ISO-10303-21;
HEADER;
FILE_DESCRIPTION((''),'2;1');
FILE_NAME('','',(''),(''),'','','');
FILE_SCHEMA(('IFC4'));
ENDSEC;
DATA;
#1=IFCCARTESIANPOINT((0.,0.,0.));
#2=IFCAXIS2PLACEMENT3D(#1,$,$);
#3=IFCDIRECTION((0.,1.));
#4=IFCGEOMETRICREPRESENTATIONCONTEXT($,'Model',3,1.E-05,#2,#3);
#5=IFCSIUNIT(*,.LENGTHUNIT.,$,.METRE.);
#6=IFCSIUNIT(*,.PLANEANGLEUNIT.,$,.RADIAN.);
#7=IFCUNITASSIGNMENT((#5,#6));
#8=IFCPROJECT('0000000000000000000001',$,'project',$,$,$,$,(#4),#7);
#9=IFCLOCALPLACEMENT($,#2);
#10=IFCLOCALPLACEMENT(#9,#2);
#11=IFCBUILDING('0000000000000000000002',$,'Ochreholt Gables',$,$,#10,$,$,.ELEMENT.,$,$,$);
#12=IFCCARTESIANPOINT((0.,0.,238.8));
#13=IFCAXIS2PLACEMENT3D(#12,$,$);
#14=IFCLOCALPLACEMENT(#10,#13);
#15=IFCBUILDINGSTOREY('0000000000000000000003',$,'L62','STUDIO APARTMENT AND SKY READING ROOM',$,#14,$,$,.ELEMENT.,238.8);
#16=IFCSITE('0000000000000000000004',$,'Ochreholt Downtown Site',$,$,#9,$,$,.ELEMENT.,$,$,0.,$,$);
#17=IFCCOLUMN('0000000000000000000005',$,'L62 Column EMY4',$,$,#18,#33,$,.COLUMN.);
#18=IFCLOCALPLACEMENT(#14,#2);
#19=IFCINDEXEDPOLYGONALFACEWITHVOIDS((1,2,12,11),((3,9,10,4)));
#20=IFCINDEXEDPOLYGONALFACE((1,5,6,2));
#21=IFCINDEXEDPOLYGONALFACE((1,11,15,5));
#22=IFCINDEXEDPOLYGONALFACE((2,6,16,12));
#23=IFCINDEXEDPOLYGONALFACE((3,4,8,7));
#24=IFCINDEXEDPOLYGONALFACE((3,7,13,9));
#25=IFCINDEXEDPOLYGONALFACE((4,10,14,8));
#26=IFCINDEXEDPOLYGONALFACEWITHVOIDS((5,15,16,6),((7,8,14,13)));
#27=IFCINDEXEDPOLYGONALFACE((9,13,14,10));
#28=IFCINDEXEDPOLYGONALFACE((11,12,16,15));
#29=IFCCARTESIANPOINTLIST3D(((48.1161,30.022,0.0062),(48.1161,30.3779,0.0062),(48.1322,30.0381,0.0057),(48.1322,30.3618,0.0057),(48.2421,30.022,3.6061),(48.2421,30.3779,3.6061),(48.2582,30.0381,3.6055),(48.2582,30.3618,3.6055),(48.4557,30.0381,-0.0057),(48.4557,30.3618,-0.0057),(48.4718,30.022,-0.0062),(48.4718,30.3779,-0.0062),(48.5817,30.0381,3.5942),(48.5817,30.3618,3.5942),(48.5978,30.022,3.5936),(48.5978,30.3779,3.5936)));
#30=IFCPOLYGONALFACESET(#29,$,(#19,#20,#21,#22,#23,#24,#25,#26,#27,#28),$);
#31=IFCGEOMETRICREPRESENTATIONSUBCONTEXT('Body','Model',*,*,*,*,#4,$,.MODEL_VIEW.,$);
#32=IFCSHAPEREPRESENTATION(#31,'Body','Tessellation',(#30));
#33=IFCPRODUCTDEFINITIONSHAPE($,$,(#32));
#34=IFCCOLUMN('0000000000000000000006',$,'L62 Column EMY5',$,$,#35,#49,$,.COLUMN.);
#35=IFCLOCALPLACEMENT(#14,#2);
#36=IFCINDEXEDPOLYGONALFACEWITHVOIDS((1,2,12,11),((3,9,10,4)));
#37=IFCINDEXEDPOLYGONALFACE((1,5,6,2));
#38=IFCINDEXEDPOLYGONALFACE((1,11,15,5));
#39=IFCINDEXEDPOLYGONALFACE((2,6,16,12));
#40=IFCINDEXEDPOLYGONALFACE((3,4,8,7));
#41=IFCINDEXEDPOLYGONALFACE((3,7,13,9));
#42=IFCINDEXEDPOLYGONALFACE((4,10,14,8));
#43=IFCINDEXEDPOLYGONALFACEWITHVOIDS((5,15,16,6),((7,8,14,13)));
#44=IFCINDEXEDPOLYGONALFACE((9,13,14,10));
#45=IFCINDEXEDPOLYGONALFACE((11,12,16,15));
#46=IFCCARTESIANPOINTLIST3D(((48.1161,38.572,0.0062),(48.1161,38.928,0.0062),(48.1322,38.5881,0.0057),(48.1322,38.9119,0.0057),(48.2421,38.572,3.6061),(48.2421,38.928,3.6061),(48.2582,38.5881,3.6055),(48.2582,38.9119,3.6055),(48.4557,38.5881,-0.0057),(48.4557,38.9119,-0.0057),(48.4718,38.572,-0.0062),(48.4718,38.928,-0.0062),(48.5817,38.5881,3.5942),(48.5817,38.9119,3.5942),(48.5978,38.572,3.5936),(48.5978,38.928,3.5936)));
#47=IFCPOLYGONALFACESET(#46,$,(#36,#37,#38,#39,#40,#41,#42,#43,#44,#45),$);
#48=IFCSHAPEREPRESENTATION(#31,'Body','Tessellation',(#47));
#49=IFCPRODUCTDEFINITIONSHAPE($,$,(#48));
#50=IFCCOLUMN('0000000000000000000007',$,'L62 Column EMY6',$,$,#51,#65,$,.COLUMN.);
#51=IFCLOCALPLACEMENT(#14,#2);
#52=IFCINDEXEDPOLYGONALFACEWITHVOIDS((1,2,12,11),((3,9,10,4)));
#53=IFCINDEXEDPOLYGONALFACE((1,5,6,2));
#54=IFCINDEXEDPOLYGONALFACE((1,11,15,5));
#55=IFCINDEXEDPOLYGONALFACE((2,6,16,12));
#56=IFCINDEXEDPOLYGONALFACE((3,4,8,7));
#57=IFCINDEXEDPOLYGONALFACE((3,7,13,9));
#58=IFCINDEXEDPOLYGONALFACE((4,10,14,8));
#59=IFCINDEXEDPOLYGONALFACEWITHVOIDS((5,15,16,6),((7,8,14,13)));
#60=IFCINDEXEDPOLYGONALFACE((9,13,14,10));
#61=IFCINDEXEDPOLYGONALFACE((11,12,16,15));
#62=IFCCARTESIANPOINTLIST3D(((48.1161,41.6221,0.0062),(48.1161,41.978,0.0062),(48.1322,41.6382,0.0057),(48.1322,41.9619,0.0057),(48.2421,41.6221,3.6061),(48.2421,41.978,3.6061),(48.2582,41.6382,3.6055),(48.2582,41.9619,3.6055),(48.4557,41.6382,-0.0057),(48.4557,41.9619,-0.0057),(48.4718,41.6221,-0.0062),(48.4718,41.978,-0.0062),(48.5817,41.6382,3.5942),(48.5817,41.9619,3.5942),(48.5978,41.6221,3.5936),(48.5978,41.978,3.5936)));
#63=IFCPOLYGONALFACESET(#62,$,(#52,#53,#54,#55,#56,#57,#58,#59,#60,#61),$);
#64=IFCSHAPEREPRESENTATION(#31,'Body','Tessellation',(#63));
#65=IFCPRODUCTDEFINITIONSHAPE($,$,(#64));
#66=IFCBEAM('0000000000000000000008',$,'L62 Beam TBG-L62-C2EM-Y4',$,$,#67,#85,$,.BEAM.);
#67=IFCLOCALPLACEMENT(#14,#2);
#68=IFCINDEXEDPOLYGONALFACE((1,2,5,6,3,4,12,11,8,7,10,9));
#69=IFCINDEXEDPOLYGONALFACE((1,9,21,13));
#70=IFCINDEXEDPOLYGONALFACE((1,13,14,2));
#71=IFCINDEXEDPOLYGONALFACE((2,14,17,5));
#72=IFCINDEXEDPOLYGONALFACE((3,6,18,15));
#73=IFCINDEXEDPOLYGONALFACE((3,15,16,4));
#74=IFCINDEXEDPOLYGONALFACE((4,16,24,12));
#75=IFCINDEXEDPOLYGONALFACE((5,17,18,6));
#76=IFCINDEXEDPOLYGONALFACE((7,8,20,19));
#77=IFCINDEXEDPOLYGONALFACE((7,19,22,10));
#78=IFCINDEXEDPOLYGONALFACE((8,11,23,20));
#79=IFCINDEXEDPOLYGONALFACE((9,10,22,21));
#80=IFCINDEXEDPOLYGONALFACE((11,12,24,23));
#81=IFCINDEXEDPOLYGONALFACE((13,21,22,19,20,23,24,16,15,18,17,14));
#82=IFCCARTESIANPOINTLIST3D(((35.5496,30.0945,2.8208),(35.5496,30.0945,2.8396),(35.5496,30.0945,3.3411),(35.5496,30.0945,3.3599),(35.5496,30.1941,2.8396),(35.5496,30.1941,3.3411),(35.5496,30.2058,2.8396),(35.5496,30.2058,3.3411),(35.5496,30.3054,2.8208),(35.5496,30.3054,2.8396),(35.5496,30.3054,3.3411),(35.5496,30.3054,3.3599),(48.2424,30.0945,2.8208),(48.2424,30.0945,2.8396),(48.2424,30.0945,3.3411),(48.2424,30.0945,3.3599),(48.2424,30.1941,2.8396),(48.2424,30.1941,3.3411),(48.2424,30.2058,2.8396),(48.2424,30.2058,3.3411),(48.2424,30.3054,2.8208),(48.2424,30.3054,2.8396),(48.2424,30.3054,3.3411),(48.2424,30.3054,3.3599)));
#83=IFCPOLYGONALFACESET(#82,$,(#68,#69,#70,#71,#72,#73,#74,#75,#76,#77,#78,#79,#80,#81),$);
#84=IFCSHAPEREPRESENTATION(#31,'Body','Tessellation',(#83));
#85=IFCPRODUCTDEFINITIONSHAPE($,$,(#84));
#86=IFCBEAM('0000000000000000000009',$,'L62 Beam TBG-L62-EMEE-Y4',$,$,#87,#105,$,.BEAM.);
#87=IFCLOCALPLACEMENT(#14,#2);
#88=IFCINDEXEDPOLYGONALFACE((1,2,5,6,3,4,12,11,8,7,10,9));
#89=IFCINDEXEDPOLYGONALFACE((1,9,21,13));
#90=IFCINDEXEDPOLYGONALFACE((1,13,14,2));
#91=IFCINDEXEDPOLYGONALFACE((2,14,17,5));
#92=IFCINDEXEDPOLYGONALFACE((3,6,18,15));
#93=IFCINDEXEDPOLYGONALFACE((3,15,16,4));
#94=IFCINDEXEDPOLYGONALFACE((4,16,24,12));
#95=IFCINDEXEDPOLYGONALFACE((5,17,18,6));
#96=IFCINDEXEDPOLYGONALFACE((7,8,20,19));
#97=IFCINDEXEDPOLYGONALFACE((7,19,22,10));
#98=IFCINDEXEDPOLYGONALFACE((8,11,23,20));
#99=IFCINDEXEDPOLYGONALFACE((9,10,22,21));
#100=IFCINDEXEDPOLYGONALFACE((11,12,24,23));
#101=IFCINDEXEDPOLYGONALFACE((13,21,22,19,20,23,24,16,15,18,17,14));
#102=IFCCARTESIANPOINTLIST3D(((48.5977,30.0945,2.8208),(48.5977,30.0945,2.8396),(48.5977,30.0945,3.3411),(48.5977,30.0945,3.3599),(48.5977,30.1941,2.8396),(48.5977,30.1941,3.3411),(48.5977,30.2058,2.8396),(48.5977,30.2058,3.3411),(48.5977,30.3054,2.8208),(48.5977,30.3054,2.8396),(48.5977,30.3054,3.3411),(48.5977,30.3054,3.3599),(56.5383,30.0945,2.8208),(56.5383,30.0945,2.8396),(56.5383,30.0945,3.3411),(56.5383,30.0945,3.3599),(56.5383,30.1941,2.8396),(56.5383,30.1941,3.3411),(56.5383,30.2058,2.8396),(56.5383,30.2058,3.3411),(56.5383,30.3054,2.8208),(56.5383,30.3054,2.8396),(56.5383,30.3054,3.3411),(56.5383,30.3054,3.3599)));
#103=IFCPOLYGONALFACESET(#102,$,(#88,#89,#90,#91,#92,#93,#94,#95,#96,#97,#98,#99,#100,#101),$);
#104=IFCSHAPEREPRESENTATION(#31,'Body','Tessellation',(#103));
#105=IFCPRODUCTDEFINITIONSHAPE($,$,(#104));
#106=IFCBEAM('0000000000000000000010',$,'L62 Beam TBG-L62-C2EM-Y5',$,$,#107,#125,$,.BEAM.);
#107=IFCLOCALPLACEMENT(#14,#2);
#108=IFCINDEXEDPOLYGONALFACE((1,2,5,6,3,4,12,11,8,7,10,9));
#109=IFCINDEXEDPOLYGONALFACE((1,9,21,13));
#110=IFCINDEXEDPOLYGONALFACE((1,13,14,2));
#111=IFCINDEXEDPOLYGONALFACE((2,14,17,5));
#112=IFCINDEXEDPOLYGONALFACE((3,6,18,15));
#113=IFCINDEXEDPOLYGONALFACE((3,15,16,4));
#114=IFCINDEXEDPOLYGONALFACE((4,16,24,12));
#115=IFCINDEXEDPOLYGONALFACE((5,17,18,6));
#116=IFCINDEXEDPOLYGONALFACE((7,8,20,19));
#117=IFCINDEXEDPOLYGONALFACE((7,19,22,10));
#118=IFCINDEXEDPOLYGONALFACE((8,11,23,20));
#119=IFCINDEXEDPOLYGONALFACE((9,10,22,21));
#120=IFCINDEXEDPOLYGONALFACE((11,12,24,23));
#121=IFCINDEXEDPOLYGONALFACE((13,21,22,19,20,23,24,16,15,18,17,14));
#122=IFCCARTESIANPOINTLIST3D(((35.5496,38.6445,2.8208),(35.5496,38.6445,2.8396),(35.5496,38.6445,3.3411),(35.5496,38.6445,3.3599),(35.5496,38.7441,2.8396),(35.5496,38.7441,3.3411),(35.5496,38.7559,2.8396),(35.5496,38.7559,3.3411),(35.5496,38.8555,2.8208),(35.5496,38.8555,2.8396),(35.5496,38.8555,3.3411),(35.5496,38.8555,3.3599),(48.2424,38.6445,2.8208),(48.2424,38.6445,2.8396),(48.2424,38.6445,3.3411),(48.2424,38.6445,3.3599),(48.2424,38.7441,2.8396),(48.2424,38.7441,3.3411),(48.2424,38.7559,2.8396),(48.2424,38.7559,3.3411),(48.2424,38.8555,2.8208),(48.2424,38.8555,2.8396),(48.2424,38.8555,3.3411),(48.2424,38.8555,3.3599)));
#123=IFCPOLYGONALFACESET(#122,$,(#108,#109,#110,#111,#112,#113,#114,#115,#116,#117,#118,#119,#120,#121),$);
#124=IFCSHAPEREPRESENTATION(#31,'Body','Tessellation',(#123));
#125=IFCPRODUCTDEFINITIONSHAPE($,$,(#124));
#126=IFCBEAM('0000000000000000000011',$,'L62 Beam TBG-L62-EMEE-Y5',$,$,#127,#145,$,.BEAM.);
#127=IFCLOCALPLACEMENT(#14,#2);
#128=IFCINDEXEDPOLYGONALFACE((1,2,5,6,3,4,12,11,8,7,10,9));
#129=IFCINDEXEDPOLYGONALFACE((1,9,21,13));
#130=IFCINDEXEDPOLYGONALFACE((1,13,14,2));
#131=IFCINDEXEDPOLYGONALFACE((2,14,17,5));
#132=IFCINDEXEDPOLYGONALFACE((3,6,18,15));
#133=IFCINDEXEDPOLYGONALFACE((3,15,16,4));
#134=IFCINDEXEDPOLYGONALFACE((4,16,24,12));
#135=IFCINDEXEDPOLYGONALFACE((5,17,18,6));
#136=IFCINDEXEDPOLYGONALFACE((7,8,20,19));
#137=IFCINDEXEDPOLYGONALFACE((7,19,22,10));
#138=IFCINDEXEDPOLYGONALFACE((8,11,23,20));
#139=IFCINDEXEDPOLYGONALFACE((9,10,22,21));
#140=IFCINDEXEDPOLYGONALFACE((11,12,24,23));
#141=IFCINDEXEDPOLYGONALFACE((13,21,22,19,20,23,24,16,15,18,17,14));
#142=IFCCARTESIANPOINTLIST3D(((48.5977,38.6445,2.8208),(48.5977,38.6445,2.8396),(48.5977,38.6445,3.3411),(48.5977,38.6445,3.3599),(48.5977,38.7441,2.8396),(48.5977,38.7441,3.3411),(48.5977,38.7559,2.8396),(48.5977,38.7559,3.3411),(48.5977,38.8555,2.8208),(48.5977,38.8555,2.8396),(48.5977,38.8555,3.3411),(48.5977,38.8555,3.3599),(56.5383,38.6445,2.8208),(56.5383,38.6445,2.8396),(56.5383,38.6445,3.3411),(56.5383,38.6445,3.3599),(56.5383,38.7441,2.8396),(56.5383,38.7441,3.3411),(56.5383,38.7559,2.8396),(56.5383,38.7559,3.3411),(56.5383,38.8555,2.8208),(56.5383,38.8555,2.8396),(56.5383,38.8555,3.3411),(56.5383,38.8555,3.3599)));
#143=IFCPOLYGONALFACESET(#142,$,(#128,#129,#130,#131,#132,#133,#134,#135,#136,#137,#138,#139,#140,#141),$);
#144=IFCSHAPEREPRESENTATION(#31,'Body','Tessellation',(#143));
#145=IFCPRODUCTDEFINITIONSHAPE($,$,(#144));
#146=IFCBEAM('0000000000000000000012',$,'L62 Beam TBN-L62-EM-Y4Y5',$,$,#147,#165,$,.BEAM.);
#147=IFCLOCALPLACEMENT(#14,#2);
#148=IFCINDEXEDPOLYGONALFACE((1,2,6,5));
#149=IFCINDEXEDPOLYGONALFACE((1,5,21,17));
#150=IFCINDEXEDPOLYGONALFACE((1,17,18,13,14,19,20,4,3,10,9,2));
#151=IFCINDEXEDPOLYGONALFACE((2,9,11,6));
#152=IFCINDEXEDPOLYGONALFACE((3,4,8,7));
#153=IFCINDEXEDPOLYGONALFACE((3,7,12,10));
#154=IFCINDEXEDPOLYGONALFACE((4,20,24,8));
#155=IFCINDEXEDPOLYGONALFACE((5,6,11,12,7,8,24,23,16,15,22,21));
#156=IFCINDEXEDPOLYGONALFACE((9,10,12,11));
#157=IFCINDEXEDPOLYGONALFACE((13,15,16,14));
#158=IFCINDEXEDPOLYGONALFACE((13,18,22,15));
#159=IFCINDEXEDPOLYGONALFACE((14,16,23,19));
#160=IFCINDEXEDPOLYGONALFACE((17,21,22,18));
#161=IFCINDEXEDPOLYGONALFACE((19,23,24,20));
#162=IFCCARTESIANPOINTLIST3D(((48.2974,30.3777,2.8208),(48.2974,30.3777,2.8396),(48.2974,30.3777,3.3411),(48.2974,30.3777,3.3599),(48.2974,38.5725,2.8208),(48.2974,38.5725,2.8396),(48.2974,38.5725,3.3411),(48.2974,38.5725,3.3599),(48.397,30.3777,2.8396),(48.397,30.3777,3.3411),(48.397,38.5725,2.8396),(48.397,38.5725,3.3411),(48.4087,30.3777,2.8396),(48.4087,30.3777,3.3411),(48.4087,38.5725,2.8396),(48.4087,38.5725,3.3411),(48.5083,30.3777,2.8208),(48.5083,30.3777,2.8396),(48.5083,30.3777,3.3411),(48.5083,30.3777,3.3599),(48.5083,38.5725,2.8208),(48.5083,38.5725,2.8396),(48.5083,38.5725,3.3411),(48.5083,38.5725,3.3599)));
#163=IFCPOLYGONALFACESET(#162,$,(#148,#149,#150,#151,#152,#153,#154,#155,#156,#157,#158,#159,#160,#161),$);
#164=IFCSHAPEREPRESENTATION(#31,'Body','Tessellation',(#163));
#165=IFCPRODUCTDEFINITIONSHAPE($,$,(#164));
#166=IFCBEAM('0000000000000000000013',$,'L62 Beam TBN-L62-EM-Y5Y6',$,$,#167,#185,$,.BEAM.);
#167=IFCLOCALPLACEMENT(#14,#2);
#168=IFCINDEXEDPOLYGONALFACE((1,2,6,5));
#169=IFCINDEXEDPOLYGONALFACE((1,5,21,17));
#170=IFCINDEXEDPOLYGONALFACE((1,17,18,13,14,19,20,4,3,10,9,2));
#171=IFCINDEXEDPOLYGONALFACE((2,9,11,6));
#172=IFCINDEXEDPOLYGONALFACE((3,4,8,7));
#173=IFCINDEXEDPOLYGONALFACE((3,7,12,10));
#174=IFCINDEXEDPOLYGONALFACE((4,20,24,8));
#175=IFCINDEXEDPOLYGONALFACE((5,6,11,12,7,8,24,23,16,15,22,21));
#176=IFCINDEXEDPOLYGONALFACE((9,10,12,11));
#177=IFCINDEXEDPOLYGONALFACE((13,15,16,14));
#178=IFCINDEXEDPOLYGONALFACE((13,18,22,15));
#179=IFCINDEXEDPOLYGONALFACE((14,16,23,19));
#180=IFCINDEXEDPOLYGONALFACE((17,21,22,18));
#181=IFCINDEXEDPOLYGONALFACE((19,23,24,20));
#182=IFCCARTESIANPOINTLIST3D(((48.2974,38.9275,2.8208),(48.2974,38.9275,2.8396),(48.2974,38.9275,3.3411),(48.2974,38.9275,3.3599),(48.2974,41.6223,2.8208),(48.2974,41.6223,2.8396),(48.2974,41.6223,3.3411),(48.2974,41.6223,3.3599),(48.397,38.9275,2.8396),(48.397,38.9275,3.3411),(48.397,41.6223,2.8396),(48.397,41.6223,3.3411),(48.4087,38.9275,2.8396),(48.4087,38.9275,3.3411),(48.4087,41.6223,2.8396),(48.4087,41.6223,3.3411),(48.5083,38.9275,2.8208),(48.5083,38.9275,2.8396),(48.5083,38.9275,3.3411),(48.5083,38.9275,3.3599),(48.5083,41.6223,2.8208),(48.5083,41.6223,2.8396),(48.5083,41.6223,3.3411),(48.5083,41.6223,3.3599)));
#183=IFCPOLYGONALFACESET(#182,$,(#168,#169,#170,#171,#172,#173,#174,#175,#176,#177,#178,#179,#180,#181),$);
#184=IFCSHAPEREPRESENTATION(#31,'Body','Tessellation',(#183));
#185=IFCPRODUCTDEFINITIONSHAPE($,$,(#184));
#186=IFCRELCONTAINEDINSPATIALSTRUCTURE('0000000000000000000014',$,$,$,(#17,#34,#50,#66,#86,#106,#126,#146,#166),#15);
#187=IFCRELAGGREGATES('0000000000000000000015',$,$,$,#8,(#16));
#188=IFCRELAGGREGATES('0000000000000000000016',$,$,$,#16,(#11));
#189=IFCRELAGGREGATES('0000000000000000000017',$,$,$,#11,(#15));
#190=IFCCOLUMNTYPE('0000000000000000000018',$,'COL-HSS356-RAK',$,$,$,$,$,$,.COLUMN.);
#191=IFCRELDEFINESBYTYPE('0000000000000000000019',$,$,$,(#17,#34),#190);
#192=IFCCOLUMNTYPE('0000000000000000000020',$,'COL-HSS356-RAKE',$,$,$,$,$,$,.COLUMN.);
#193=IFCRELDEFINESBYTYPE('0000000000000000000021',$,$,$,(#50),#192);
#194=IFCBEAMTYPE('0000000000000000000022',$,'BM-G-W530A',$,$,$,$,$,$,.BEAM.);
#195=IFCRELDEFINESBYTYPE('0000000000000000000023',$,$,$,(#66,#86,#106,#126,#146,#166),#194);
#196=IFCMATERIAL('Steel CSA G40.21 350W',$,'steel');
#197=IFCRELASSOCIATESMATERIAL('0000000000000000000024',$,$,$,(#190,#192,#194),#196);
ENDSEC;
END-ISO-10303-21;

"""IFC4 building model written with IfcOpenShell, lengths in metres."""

from ifc_helpers import new_model, si_unit, direction, frame, origin, origin_2d, place, context, subcontext, project, spatial, hollow_rectangle, i_section, extrude, material, material_profile, profile_set, type_object, element, save


model = new_model("IFC4")

# Units and contexts
model_context = context("Model", 3, precision=1e-05, world=origin(), true_north=direction((0.0, 1.0)))
body_context = subcontext(model_context, "Body", "Model", "MODEL_VIEW")
ifc_project = project(units=[si_unit("LENGTHUNIT", "METRE"), si_unit("PLANEANGLEUNIT", "RADIAN")], contexts=[model_context])

# Site, building, storey
site_placement = place(None, origin())
site = spatial("IfcSite", under=ifc_project, at=site_placement, Name="Ochreholt Downtown Site", CompositionType="ELEMENT", RefElevation=0.0)
building_placement = place(site_placement, origin())
building = spatial("IfcBuilding", under=site, at=building_placement, Name="Ochreholt Gables", CompositionType="ELEMENT")
storey_placement = place(building_placement, frame((0.0, 0.0, 238.8)))
storey = spatial("IfcBuildingStorey", under=building, at=storey_placement, Name="L62", Description="STUDIO APARTMENT AND SKY READING ROOM", CompositionType="ELEMENT", Elevation=238.8)

# Columns
ifc_material_1 = material(Name="Steel CSA G40.21 350W", Category="steel")
ifc_material_profile_1 = material_profile(ifc_material_1, hollow_rectangle(XDim=0.356, YDim=0.356, WallThickness=0.0161, at=origin_2d()), Name="HSS356X356X16")
ifc_profile_set_1 = profile_set([ifc_material_profile_1], Name="Steel CSA G40.21 350W")
column_type_1 = type_object("IfcColumnType", Name="COL-HSS356-RAK", PredefinedType="COLUMN", material=ifc_profile_set_1)
for number, where, z_axis, x_axis, name in (
    (1, (48.2939, 30.2, 0.0), (0.034974, 0.0, 0.999388), (0.0, 1.0, 0.0), "L62 Column EMY4"),
    (2, (48.2939, 38.75, 0.0), (0.034974, 0.0, 0.999388), (0.0, 1.0, 0.0), "L62 Column EMY5"),
):
    element("IfcColumn", number, at=place(storey_placement, frame(where, z_axis=z_axis, x_axis=x_axis)), inside=storey, type_object=column_type_1, Name=name, PredefinedType="COLUMN", context=body_context, shape_type="SweptSolid", body=[
        extrude(hollow_rectangle(XDim=0.356, YDim=0.356, WallThickness=0.0161, at=origin_2d()), origin(), (0.0, 0.0, 1.0), 3.6021),
    ])
ifc_material_profile_2 = material_profile(ifc_material_1, hollow_rectangle(XDim=0.356, YDim=0.356, WallThickness=0.0161, at=origin_2d()), Name="HSS356X356X16")
ifc_profile_set_2 = profile_set([ifc_material_profile_2], Name="Steel CSA G40.21 350W")
column_type_2 = type_object("IfcColumnType", Name="COL-HSS356-RAKE", PredefinedType="COLUMN", material=ifc_profile_set_2)
column_placement = place(storey_placement, frame((48.2939, 41.8, 0.0), z_axis=(0.034974, 0.0, 0.999388), x_axis=(0.0, 1.0, 0.0)))
element("IfcColumn", 3, at=column_placement, inside=storey, type_object=column_type_2, Name="L62 Column EMY6", PredefinedType="COLUMN", context=body_context, shape_type="SweptSolid", body=[
    extrude(hollow_rectangle(XDim=0.356, YDim=0.356, WallThickness=0.0161, at=origin_2d()), origin(), (0.0, 0.0, 1.0), 3.6021),
])

# Beams
ifc_material_profile_3 = material_profile(ifc_material_1, i_section(OverallWidth=0.2109, OverallDepth=0.5391, WebThickness=0.0117, FlangeThickness=0.0188, at=origin_2d()), Name="W530X109")
ifc_profile_set_3 = profile_set([ifc_material_profile_3], Name="Steel CSA G40.21 350W")
beam_type_1 = type_object("IfcBeamType", Name="BM-G-W530A", PredefinedType="BEAM", material=ifc_profile_set_3)
beam_1_placement = place(storey_placement, frame((35.5496, 30.2, 3.0903), z_axis=(1.0, 0.0, 0.0), x_axis=(0.0, 1.0, 0.0)))
element("IfcBeam", 4, at=beam_1_placement, inside=storey, type_object=beam_type_1, Name="L62 Beam TBG-L62-C2EM-Y4", PredefinedType="BEAM", context=body_context, shape_type="SweptSolid", body=[
    extrude(i_section(OverallWidth=0.2109, OverallDepth=0.5391, WebThickness=0.0117, FlangeThickness=0.0188, at=origin_2d()), origin(), (0.0, 0.0, 1.0), 12.6929),
])
beam_2_placement = place(storey_placement, frame((48.5977, 30.2, 3.0903), z_axis=(1.0, 0.0, 0.0), x_axis=(0.0, 1.0, 0.0)))
element("IfcBeam", 5, at=beam_2_placement, inside=storey, type_object=beam_type_1, Name="L62 Beam TBG-L62-EMEE-Y4", PredefinedType="BEAM", context=body_context, shape_type="SweptSolid", body=[
    extrude(i_section(OverallWidth=0.2109, OverallDepth=0.5391, WebThickness=0.0117, FlangeThickness=0.0188, at=origin_2d()), origin(), (0.0, 0.0, 1.0), 7.9407),
])
beam_3_placement = place(storey_placement, frame((35.5496, 38.75, 3.0903), z_axis=(1.0, 0.0, 0.0), x_axis=(0.0, 1.0, 0.0)))
element("IfcBeam", 6, at=beam_3_placement, inside=storey, type_object=beam_type_1, Name="L62 Beam TBG-L62-C2EM-Y5", PredefinedType="BEAM", context=body_context, shape_type="SweptSolid", body=[
    extrude(i_section(OverallWidth=0.2109, OverallDepth=0.5391, WebThickness=0.0117, FlangeThickness=0.0188, at=origin_2d()), origin(), (0.0, 0.0, 1.0), 12.6929),
])
beam_4_placement = place(storey_placement, frame((48.5977, 38.75, 3.0903), z_axis=(1.0, 0.0, 0.0), x_axis=(0.0, 1.0, 0.0)))
element("IfcBeam", 7, at=beam_4_placement, inside=storey, type_object=beam_type_1, Name="L62 Beam TBG-L62-EMEE-Y5", PredefinedType="BEAM", context=body_context, shape_type="SweptSolid", body=[
    extrude(i_section(OverallWidth=0.2109, OverallDepth=0.5391, WebThickness=0.0117, FlangeThickness=0.0188, at=origin_2d()), origin(), (0.0, 0.0, 1.0), 7.9407),
])
beam_5_placement = place(storey_placement, frame((48.4028, 30.3777, 3.0903), z_axis=(0.0, 1.0, 0.0), x_axis=(-1.0, 0.0, 0.0)))
element("IfcBeam", 8, at=beam_5_placement, inside=storey, type_object=beam_type_1, Name="L62 Beam TBN-L62-EM-Y4Y5", PredefinedType="BEAM", context=body_context, shape_type="SweptSolid", body=[
    extrude(i_section(OverallWidth=0.2109, OverallDepth=0.5391, WebThickness=0.0117, FlangeThickness=0.0188, at=origin_2d()), origin(), (0.0, 0.0, 1.0), 8.1948),
])
beam_6_placement = place(storey_placement, frame((48.4028, 38.9275, 3.0903), z_axis=(0.0, 1.0, 0.0), x_axis=(-1.0, 0.0, 0.0)))
element("IfcBeam", 9, at=beam_6_placement, inside=storey, type_object=beam_type_1, Name="L62 Beam TBN-L62-EM-Y5Y6", PredefinedType="BEAM", context=body_context, shape_type="SweptSolid", body=[
    extrude(i_section(OverallWidth=0.2109, OverallDepth=0.5391, WebThickness=0.0117, FlangeThickness=0.0188, at=origin_2d()), origin(), (0.0, 0.0, 1.0), 2.6948),
])

save(model, "model.ifc")
